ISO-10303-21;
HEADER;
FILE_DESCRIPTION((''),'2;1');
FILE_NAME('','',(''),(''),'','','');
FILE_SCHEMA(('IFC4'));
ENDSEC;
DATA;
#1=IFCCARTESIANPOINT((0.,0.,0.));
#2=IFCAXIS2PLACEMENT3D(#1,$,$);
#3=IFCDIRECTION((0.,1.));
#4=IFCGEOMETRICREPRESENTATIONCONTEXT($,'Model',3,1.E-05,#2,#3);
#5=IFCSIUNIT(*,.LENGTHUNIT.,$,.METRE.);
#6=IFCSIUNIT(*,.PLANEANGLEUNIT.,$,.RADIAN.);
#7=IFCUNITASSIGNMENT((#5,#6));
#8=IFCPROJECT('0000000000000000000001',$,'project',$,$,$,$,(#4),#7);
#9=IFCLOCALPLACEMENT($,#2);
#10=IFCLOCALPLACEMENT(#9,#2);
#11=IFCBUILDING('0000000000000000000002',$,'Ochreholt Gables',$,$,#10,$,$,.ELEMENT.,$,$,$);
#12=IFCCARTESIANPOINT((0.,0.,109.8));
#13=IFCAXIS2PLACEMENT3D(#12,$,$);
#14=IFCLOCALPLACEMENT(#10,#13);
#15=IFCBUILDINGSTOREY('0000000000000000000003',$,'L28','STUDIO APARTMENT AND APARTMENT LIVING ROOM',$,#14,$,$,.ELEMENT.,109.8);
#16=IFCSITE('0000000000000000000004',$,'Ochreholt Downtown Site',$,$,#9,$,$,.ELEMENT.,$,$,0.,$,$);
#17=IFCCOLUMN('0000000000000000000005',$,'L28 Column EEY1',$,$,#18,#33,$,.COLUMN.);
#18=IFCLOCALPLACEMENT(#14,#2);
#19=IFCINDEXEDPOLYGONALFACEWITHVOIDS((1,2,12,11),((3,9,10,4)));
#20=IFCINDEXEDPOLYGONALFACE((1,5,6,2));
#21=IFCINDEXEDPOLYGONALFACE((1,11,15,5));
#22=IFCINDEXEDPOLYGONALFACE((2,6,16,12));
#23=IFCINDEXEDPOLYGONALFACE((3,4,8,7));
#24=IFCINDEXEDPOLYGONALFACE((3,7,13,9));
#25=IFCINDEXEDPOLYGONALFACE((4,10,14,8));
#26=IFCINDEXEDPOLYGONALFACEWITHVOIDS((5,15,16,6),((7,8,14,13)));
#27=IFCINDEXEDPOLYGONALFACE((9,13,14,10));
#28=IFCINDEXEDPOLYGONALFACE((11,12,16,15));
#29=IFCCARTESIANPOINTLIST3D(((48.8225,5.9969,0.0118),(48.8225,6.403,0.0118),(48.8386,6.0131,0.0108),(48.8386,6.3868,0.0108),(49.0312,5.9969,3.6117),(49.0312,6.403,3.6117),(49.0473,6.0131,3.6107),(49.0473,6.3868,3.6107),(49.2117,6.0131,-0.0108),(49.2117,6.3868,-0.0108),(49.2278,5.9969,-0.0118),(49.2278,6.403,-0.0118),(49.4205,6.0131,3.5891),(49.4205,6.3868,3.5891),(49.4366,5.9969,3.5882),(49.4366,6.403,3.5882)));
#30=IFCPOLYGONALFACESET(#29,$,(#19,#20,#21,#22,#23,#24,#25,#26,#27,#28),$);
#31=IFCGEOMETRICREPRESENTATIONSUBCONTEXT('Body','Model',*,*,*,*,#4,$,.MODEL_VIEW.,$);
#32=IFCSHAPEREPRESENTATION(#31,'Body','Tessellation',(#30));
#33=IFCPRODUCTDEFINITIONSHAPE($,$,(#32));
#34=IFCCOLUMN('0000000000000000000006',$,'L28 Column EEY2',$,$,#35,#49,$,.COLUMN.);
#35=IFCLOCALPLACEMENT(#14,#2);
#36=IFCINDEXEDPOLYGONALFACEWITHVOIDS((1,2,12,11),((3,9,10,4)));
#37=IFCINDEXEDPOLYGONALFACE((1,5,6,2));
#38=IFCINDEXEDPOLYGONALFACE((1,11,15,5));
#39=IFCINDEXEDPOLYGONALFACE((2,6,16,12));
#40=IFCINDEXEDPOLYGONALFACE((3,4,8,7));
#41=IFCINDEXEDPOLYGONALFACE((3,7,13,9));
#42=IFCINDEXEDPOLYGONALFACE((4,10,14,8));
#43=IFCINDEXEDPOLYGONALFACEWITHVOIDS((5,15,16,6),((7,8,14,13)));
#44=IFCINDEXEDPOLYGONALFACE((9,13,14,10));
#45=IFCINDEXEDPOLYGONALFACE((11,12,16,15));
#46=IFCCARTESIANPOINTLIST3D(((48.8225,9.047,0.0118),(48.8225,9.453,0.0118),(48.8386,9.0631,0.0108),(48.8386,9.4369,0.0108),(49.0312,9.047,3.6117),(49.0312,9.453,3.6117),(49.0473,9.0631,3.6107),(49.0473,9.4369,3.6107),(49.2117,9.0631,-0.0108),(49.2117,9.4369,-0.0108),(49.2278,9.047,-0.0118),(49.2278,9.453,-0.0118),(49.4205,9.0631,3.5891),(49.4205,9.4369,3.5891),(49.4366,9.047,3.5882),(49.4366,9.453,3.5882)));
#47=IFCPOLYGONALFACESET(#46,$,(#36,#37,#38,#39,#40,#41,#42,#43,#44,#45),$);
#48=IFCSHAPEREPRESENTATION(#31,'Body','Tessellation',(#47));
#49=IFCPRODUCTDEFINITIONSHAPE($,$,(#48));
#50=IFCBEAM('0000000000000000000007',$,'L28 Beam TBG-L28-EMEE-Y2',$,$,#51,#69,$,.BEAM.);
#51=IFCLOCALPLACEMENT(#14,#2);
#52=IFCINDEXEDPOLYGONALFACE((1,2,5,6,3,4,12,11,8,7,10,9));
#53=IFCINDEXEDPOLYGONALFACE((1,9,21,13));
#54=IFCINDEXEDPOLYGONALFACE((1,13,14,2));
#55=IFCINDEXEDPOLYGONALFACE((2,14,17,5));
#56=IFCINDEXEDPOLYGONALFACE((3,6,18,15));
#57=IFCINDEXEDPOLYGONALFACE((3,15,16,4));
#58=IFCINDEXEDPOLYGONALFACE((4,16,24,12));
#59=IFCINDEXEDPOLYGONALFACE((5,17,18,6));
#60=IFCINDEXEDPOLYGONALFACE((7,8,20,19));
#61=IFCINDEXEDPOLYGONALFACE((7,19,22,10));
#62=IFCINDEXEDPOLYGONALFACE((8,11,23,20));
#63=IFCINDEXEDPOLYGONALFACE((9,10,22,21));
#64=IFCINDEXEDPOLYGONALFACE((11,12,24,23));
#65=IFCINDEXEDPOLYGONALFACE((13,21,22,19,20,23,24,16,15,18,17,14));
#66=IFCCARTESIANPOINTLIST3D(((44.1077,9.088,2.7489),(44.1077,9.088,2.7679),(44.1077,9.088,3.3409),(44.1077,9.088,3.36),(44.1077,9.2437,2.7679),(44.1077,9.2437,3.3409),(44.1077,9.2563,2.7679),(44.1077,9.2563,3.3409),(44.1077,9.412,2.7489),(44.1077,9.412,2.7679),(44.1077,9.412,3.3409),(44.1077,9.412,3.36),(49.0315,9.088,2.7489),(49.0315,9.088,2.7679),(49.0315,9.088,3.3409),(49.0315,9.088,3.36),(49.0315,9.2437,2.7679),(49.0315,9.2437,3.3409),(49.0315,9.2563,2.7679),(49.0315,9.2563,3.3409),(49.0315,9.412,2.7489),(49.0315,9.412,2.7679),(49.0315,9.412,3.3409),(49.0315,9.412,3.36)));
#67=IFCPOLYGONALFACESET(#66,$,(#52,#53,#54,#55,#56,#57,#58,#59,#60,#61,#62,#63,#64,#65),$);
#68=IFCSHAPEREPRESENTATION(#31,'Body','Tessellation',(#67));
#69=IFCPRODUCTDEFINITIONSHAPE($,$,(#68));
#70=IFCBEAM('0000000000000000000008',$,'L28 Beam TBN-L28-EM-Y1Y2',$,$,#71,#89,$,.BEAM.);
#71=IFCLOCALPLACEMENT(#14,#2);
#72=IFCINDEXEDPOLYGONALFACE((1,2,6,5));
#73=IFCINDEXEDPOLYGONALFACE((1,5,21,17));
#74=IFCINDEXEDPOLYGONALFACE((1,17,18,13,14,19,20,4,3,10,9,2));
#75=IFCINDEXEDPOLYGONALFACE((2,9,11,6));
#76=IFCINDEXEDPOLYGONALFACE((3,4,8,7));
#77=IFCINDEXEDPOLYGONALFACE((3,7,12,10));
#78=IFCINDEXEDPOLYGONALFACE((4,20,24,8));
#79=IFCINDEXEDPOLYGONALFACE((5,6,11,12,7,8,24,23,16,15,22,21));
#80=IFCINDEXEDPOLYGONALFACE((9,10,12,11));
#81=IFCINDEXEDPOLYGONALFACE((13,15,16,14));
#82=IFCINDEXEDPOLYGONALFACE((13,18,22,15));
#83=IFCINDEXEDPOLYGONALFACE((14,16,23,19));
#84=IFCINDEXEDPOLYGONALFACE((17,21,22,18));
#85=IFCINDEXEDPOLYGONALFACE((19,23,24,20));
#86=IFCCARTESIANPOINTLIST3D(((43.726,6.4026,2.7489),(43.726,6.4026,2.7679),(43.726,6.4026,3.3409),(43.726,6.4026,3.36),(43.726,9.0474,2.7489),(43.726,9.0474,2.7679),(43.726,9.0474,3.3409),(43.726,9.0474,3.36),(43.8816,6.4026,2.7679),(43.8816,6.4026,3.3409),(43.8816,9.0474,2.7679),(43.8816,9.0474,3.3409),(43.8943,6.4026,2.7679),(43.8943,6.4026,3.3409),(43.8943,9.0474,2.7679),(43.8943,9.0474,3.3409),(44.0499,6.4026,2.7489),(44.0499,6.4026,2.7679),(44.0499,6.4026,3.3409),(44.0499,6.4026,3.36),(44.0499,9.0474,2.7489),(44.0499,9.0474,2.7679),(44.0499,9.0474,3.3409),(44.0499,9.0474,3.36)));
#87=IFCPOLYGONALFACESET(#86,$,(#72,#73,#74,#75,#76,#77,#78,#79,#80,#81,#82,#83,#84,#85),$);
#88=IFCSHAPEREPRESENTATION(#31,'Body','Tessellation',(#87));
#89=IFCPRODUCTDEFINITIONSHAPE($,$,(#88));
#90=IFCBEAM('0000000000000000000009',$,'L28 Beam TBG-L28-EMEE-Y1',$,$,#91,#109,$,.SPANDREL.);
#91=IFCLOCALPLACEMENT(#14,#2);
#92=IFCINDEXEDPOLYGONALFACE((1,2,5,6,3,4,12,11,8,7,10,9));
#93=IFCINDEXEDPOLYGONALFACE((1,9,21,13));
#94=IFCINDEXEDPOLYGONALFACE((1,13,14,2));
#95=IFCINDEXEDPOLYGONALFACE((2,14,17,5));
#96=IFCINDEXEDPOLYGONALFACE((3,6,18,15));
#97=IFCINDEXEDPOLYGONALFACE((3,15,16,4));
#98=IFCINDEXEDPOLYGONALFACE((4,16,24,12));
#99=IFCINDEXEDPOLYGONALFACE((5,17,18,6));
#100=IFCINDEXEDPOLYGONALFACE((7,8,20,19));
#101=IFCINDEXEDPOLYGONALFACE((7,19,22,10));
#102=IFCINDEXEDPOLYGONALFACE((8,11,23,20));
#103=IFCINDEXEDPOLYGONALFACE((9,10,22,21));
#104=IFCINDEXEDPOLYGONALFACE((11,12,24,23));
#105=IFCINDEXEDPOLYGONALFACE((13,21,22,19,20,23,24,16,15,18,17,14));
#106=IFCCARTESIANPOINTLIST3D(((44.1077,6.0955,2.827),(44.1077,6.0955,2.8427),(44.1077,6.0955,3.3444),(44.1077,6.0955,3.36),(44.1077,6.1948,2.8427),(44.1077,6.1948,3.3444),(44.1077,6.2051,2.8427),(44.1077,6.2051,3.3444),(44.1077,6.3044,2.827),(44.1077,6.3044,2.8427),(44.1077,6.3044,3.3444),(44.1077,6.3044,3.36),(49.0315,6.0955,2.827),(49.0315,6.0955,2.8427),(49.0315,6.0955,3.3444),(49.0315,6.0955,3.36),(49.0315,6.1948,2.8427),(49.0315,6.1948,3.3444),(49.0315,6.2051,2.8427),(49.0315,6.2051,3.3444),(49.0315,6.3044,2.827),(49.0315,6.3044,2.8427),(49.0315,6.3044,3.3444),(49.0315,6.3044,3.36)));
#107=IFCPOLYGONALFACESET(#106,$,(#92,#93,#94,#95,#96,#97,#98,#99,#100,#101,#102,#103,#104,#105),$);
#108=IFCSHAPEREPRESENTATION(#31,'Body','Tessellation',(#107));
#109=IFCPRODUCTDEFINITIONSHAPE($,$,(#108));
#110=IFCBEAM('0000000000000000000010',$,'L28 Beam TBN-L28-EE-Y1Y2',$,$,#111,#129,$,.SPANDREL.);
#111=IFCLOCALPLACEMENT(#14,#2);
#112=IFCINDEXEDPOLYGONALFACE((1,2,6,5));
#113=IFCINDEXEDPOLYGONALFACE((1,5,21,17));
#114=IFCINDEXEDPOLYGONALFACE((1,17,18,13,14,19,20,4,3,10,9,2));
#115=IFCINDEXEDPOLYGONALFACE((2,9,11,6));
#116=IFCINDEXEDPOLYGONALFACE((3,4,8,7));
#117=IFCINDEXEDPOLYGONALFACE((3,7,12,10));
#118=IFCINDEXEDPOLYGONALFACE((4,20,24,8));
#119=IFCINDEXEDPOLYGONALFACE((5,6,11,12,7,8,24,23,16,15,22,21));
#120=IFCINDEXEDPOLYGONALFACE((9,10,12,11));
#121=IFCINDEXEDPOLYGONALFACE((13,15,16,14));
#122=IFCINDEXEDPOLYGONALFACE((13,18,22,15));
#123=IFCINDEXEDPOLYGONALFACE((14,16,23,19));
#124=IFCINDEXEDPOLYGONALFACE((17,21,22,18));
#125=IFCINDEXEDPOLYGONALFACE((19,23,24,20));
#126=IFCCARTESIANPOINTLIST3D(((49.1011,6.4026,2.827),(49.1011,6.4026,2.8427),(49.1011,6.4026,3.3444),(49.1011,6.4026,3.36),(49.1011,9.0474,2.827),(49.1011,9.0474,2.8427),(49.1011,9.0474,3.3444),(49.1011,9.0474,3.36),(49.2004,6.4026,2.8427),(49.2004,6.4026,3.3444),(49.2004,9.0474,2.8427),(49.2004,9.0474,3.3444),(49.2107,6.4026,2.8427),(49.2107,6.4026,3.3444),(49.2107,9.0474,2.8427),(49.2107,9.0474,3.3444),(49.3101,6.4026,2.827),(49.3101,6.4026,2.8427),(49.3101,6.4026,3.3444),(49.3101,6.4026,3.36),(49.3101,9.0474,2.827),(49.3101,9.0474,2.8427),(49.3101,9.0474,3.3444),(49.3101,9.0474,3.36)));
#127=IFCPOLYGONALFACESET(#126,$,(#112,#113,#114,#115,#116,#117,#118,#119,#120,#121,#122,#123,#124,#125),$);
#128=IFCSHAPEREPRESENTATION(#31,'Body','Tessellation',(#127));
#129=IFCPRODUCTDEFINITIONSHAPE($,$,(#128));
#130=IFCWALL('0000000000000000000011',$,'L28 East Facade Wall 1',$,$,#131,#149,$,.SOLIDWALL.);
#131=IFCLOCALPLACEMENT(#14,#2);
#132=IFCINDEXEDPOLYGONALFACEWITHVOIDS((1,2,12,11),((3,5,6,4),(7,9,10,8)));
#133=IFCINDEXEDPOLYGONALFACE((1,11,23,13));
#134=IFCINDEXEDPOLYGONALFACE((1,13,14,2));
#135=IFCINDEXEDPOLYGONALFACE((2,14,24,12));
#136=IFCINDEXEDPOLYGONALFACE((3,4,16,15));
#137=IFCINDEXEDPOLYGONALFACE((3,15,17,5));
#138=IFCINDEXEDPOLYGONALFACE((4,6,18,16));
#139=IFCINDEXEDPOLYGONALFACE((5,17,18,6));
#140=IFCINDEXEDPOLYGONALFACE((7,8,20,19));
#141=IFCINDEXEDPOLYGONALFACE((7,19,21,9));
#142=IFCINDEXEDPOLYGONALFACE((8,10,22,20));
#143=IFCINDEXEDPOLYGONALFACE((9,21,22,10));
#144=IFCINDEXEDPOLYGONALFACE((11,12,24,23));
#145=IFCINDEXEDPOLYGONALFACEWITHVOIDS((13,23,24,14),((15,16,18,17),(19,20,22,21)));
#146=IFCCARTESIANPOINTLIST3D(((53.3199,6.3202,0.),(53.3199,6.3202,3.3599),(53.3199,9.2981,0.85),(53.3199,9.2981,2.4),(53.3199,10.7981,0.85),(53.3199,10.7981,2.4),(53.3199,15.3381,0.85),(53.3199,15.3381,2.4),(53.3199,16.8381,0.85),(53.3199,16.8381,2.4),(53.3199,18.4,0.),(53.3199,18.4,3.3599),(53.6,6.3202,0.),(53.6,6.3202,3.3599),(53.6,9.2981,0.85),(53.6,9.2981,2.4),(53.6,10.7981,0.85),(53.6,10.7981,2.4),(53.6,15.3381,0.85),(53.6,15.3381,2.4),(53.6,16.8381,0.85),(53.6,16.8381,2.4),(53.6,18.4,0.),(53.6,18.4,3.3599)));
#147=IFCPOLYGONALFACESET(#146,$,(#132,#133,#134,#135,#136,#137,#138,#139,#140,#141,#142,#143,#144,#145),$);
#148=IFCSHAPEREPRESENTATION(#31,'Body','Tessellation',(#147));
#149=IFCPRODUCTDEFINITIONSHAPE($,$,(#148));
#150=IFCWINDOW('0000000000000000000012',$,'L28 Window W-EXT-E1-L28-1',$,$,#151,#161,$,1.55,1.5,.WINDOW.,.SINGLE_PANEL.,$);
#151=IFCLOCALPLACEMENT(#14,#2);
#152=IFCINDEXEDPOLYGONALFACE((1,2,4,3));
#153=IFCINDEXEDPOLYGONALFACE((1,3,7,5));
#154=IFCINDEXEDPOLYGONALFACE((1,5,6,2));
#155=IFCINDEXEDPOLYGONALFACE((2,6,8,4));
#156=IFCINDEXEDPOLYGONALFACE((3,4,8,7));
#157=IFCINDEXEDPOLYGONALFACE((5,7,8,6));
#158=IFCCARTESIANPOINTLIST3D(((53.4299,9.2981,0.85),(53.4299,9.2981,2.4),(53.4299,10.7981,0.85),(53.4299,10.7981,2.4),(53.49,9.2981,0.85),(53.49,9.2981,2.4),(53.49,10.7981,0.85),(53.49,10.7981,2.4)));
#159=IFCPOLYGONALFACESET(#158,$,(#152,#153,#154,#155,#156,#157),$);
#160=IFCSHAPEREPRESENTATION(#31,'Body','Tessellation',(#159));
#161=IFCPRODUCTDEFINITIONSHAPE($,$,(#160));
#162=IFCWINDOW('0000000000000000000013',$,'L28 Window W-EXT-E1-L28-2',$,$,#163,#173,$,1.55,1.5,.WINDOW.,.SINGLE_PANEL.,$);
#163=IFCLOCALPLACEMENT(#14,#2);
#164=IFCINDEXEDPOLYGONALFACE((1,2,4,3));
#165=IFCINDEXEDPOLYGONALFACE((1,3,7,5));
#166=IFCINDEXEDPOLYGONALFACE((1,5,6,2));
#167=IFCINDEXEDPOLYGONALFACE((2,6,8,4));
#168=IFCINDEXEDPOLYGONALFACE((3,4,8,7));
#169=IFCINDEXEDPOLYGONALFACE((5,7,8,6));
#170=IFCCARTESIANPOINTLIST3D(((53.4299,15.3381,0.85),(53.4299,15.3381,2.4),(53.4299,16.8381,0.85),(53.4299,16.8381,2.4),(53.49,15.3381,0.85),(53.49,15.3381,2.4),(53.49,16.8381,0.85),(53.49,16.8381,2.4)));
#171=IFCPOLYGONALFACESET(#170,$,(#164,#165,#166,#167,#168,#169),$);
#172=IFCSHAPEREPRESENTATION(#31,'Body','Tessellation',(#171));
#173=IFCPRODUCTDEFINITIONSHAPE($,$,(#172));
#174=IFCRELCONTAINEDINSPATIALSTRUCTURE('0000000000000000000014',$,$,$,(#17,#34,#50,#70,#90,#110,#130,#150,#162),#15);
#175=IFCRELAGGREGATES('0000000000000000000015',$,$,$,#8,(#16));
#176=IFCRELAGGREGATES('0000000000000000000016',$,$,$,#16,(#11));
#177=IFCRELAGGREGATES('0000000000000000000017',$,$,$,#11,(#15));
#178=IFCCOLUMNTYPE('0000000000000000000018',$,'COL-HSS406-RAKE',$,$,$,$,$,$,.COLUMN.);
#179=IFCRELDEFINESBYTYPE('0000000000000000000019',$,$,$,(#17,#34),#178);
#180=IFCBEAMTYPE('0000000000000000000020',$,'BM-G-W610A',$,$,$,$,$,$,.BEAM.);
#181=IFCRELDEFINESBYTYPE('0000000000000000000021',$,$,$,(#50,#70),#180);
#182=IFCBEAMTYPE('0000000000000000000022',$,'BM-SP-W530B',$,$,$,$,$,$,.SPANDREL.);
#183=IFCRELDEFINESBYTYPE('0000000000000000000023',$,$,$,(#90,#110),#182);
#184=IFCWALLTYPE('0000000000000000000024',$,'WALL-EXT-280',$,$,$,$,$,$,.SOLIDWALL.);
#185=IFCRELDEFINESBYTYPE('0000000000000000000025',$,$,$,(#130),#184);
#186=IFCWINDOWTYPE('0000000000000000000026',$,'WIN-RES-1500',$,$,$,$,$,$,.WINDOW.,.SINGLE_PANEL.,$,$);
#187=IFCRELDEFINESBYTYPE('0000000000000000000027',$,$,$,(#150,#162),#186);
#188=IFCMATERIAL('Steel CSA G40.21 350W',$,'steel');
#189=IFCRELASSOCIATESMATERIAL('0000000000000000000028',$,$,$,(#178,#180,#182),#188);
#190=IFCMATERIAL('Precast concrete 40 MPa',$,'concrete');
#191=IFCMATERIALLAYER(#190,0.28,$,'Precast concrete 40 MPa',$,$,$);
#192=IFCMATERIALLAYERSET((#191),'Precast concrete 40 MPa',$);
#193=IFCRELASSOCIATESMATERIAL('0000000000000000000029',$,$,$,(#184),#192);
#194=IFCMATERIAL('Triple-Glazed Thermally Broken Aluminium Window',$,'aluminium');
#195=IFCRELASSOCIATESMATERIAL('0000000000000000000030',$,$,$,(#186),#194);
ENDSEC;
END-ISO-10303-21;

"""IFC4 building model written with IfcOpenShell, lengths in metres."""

from ifc_helpers import new_model, si_unit, direction, frame, frame_2d, origin, origin_2d, place, context, subcontext, project, spatial, rectangle, hollow_rectangle, i_section, extrude, material, layer, layer_set, material_profile, profile_set, type_object, element, fill, save


model = new_model("IFC4")

# Units and contexts
model_context = context("Model", 3, precision=1e-05, world=origin(), true_north=direction((0.0, 1.0)))
body_context = subcontext(model_context, "Body", "Model", "MODEL_VIEW")
ifc_project = project(units=[si_unit("LENGTHUNIT", "METRE"), si_unit("PLANEANGLEUNIT", "RADIAN")], contexts=[model_context])

# Site, building, storey
site_placement = place(None, origin())
site = spatial("IfcSite", under=ifc_project, at=site_placement, Name="Ochreholt Downtown Site", CompositionType="ELEMENT", RefElevation=0.0)
building_placement = place(site_placement, origin())
building = spatial("IfcBuilding", under=site, at=building_placement, Name="Ochreholt Gables", CompositionType="ELEMENT")
storey_placement = place(building_placement, frame((0.0, 0.0, 109.8)))
storey = spatial("IfcBuildingStorey", under=building, at=storey_placement, Name="L28", Description="STUDIO APARTMENT AND APARTMENT LIVING ROOM", CompositionType="ELEMENT", Elevation=109.8)

# Columns
ifc_material_1 = material(Name="Steel CSA G40.21 350W", Category="steel")
ifc_material_profile_1 = material_profile(ifc_material_1, hollow_rectangle(XDim=0.406, YDim=0.406, WallThickness=0.0161, at=origin_2d()), Name="HSS406X406X16")
ifc_profile_set_1 = profile_set([ifc_material_profile_1], Name="Steel CSA G40.21 350W")
column_type = type_object("IfcColumnType", Name="COL-HSS406-RAKE", PredefinedType="COLUMN", material=ifc_profile_set_1)
for number, where, z_axis, x_axis, name in (
    (1, (49.0251, 6.2, 0.0), (0.057889, 0.0, 0.998323), (0.0, 1.0, 0.0), "L28 Column EEY1"),
    (2, (49.0251, 9.25, 0.0), (0.057889, 0.0, 0.998323), (0.0, 1.0, 0.0), "L28 Column EEY2"),
):
    element("IfcColumn", number, at=place(storey_placement, frame(where, z_axis=z_axis, x_axis=x_axis)), inside=storey, type_object=column_type, Name=name, PredefinedType="COLUMN", context=body_context, shape_type="SweptSolid", body=[
        extrude(hollow_rectangle(XDim=0.406, YDim=0.406, WallThickness=0.0161, at=origin_2d()), origin(), (0.0, 0.0, 1.0), 3.606),
    ])

# Beams
ifc_material_profile_2 = material_profile(ifc_material_1, i_section(OverallWidth=0.324, OverallDepth=0.6111, WebThickness=0.0127, FlangeThickness=0.019, at=origin_2d()), Name="W610X155")
ifc_profile_set_2 = profile_set([ifc_material_profile_2], Name="Steel CSA G40.21 350W")
beam_type_1 = type_object("IfcBeamType", Name="BM-G-W610A", PredefinedType="BEAM", material=ifc_profile_set_2)
beam_1_placement = place(storey_placement, frame((44.1077, 9.25, 3.0544), z_axis=(1.0, 0.0, 0.0), x_axis=(0.0, 1.0, 0.0)))
element("IfcBeam", 3, at=beam_1_placement, inside=storey, type_object=beam_type_1, Name="L28 Beam TBG-L28-EMEE-Y2", PredefinedType="BEAM", context=body_context, shape_type="SweptSolid", body=[
    extrude(i_section(OverallWidth=0.324, OverallDepth=0.6111, WebThickness=0.0127, FlangeThickness=0.019, at=origin_2d()), origin(), (0.0, 0.0, 1.0), 4.9238),
])
beam_2_placement = place(storey_placement, frame((43.8879, 6.4026, 3.0544), z_axis=(0.0, 1.0, 0.0), x_axis=(-1.0, 0.0, 0.0)))
element("IfcBeam", 4, at=beam_2_placement, inside=storey, type_object=beam_type_1, Name="L28 Beam TBN-L28-EM-Y1Y2", PredefinedType="BEAM", context=body_context, shape_type="SweptSolid", body=[
    extrude(i_section(OverallWidth=0.324, OverallDepth=0.6111, WebThickness=0.0127, FlangeThickness=0.019, at=origin_2d()), origin(), (0.0, 0.0, 1.0), 2.6448),
])
ifc_material_profile_3 = material_profile(ifc_material_1, i_section(OverallWidth=0.209, OverallDepth=0.533, WebThickness=0.0103, FlangeThickness=0.0156, at=origin_2d()), Name="W530X92")
ifc_profile_set_3 = profile_set([ifc_material_profile_3], Name="Steel CSA G40.21 350W")
beam_type_2 = type_object("IfcBeamType", Name="BM-SP-W530B", PredefinedType="SPANDREL", material=ifc_profile_set_3)
beam_3_placement = place(storey_placement, frame((44.1077, 6.2, 3.0935), z_axis=(1.0, 0.0, 0.0), x_axis=(0.0, 1.0, 0.0)))
element("IfcBeam", 5, at=beam_3_placement, inside=storey, type_object=beam_type_2, Name="L28 Beam TBG-L28-EMEE-Y1", PredefinedType="SPANDREL", context=body_context, shape_type="SweptSolid", body=[
    extrude(i_section(OverallWidth=0.209, OverallDepth=0.533, WebThickness=0.0103, FlangeThickness=0.0156, at=origin_2d()), origin(), (0.0, 0.0, 1.0), 4.9238),
])
beam_4_placement = place(storey_placement, frame((49.2056, 6.4026, 3.0935), z_axis=(0.0, 1.0, 0.0), x_axis=(-1.0, 0.0, 0.0)))
element("IfcBeam", 6, at=beam_4_placement, inside=storey, type_object=beam_type_2, Name="L28 Beam TBN-L28-EE-Y1Y2", PredefinedType="SPANDREL", context=body_context, shape_type="SweptSolid", body=[
    extrude(i_section(OverallWidth=0.209, OverallDepth=0.533, WebThickness=0.0103, FlangeThickness=0.0156, at=origin_2d()), origin(), (0.0, 0.0, 1.0), 2.6448),
])

# Wall, openings, windows
ifc_material_2 = material(Name="Precast concrete 40 MPa", Category="concrete")
ifc_layer_1 = layer(ifc_material_2, 0.28, Name="Precast concrete 40 MPa")
ifc_layer_set_1 = layer_set([ifc_layer_1], Name="Precast concrete 40 MPa")
wall_type_1 = type_object("IfcWallType", Name="WALL-EXT-280", PredefinedType="SOLIDWALL", material=ifc_layer_set_1)
wall_1_placement = place(storey_placement, frame((53.46, 6.3201, 0.0), z_axis=(0.0, 0.0, 1.0), x_axis=(0.0, 1.0, 0.0)))
wall_1 = element("IfcWall", 7, at=wall_1_placement, inside=storey, type_object=wall_type_1, Name="L28 East Facade Wall 1", PredefinedType="SOLIDWALL", context=body_context, shape_type="SweptSolid", body=[
    extrude(rectangle(XDim=12.0798, YDim=0.28, at=frame_2d((6.04, 0.0))), origin(), (0.0, 0.0, 1.0), 3.3599),
])
opening_1_placement = place(wall_1_placement, frame((2.978, 0.0, 0.8501)))
opening_1 = element("IfcOpeningElement", 8, at=opening_1_placement, cuts=wall_1, PredefinedType="OPENING", context=body_context, shape_type="SweptSolid", body=[
    extrude(rectangle(XDim=1.5, YDim=1.55, at=frame_2d((0.75, 0.7749))), frame((0.0, 0.1499, 0.0), z_axis=(0.0, -1.0, 0.0), x_axis=(1.0, 0.0, 0.0)), (0.0, 0.0, 1.0), 0.3),
])
opening_2_placement = place(wall_1_placement, frame((9.0181, 0.0, 0.8501)))
opening_2 = element("IfcOpeningElement", 9, at=opening_2_placement, cuts=wall_1, PredefinedType="OPENING", context=body_context, shape_type="SweptSolid", body=[
    extrude(rectangle(XDim=1.5, YDim=1.55, at=frame_2d((0.75, 0.7749))), frame((0.0, 0.1499, 0.0), z_axis=(0.0, -1.0, 0.0), x_axis=(1.0, 0.0, 0.0)), (0.0, 0.0, 1.0), 0.3),
])
ifc_material_3 = material(Name="Triple-Glazed Thermally Broken Aluminium Window", Category="aluminium")
window_type_1 = type_object("IfcWindowType", Name="WIN-RES-1500", PartitioningType="SINGLE_PANEL", PredefinedType="WINDOW", material=ifc_material_3)
window_1_placement = place(opening_1_placement, origin())
window_1 = element("IfcWindow", 10, at=window_1_placement, inside=storey, type_object=window_type_1, Name="L28 Window W-EXT-E1-L28-1", OverallHeight=1.55, OverallWidth=1.5, PartitioningType="SINGLE_PANEL", PredefinedType="WINDOW", context=body_context, shape_type="SweptSolid", body=[
    extrude(rectangle(XDim=1.5, YDim=1.55, at=frame_2d((0.75, 0.7749))), frame((0.0, 0.03, 0.0), z_axis=(0.0, -1.0, 0.0), x_axis=(1.0, 0.0, 0.0)), (0.0, 0.0, 1.0), 0.0601),
])
fill(opening_1, window_1)
window_2_placement = place(opening_2_placement, origin())
window_2 = element("IfcWindow", 11, at=window_2_placement, inside=storey, type_object=window_type_1, Name="L28 Window W-EXT-E1-L28-2", OverallHeight=1.55, OverallWidth=1.5, PartitioningType="SINGLE_PANEL", PredefinedType="WINDOW", context=body_context, shape_type="SweptSolid", body=[
    extrude(rectangle(XDim=1.5, YDim=1.55, at=frame_2d((0.75, 0.7749))), frame((0.0, 0.03, 0.0), z_axis=(0.0, -1.0, 0.0), x_axis=(1.0, 0.0, 0.0)), (0.0, 0.0, 1.0), 0.0601),
])
fill(opening_2, window_2)

save(model, "model.ifc")
